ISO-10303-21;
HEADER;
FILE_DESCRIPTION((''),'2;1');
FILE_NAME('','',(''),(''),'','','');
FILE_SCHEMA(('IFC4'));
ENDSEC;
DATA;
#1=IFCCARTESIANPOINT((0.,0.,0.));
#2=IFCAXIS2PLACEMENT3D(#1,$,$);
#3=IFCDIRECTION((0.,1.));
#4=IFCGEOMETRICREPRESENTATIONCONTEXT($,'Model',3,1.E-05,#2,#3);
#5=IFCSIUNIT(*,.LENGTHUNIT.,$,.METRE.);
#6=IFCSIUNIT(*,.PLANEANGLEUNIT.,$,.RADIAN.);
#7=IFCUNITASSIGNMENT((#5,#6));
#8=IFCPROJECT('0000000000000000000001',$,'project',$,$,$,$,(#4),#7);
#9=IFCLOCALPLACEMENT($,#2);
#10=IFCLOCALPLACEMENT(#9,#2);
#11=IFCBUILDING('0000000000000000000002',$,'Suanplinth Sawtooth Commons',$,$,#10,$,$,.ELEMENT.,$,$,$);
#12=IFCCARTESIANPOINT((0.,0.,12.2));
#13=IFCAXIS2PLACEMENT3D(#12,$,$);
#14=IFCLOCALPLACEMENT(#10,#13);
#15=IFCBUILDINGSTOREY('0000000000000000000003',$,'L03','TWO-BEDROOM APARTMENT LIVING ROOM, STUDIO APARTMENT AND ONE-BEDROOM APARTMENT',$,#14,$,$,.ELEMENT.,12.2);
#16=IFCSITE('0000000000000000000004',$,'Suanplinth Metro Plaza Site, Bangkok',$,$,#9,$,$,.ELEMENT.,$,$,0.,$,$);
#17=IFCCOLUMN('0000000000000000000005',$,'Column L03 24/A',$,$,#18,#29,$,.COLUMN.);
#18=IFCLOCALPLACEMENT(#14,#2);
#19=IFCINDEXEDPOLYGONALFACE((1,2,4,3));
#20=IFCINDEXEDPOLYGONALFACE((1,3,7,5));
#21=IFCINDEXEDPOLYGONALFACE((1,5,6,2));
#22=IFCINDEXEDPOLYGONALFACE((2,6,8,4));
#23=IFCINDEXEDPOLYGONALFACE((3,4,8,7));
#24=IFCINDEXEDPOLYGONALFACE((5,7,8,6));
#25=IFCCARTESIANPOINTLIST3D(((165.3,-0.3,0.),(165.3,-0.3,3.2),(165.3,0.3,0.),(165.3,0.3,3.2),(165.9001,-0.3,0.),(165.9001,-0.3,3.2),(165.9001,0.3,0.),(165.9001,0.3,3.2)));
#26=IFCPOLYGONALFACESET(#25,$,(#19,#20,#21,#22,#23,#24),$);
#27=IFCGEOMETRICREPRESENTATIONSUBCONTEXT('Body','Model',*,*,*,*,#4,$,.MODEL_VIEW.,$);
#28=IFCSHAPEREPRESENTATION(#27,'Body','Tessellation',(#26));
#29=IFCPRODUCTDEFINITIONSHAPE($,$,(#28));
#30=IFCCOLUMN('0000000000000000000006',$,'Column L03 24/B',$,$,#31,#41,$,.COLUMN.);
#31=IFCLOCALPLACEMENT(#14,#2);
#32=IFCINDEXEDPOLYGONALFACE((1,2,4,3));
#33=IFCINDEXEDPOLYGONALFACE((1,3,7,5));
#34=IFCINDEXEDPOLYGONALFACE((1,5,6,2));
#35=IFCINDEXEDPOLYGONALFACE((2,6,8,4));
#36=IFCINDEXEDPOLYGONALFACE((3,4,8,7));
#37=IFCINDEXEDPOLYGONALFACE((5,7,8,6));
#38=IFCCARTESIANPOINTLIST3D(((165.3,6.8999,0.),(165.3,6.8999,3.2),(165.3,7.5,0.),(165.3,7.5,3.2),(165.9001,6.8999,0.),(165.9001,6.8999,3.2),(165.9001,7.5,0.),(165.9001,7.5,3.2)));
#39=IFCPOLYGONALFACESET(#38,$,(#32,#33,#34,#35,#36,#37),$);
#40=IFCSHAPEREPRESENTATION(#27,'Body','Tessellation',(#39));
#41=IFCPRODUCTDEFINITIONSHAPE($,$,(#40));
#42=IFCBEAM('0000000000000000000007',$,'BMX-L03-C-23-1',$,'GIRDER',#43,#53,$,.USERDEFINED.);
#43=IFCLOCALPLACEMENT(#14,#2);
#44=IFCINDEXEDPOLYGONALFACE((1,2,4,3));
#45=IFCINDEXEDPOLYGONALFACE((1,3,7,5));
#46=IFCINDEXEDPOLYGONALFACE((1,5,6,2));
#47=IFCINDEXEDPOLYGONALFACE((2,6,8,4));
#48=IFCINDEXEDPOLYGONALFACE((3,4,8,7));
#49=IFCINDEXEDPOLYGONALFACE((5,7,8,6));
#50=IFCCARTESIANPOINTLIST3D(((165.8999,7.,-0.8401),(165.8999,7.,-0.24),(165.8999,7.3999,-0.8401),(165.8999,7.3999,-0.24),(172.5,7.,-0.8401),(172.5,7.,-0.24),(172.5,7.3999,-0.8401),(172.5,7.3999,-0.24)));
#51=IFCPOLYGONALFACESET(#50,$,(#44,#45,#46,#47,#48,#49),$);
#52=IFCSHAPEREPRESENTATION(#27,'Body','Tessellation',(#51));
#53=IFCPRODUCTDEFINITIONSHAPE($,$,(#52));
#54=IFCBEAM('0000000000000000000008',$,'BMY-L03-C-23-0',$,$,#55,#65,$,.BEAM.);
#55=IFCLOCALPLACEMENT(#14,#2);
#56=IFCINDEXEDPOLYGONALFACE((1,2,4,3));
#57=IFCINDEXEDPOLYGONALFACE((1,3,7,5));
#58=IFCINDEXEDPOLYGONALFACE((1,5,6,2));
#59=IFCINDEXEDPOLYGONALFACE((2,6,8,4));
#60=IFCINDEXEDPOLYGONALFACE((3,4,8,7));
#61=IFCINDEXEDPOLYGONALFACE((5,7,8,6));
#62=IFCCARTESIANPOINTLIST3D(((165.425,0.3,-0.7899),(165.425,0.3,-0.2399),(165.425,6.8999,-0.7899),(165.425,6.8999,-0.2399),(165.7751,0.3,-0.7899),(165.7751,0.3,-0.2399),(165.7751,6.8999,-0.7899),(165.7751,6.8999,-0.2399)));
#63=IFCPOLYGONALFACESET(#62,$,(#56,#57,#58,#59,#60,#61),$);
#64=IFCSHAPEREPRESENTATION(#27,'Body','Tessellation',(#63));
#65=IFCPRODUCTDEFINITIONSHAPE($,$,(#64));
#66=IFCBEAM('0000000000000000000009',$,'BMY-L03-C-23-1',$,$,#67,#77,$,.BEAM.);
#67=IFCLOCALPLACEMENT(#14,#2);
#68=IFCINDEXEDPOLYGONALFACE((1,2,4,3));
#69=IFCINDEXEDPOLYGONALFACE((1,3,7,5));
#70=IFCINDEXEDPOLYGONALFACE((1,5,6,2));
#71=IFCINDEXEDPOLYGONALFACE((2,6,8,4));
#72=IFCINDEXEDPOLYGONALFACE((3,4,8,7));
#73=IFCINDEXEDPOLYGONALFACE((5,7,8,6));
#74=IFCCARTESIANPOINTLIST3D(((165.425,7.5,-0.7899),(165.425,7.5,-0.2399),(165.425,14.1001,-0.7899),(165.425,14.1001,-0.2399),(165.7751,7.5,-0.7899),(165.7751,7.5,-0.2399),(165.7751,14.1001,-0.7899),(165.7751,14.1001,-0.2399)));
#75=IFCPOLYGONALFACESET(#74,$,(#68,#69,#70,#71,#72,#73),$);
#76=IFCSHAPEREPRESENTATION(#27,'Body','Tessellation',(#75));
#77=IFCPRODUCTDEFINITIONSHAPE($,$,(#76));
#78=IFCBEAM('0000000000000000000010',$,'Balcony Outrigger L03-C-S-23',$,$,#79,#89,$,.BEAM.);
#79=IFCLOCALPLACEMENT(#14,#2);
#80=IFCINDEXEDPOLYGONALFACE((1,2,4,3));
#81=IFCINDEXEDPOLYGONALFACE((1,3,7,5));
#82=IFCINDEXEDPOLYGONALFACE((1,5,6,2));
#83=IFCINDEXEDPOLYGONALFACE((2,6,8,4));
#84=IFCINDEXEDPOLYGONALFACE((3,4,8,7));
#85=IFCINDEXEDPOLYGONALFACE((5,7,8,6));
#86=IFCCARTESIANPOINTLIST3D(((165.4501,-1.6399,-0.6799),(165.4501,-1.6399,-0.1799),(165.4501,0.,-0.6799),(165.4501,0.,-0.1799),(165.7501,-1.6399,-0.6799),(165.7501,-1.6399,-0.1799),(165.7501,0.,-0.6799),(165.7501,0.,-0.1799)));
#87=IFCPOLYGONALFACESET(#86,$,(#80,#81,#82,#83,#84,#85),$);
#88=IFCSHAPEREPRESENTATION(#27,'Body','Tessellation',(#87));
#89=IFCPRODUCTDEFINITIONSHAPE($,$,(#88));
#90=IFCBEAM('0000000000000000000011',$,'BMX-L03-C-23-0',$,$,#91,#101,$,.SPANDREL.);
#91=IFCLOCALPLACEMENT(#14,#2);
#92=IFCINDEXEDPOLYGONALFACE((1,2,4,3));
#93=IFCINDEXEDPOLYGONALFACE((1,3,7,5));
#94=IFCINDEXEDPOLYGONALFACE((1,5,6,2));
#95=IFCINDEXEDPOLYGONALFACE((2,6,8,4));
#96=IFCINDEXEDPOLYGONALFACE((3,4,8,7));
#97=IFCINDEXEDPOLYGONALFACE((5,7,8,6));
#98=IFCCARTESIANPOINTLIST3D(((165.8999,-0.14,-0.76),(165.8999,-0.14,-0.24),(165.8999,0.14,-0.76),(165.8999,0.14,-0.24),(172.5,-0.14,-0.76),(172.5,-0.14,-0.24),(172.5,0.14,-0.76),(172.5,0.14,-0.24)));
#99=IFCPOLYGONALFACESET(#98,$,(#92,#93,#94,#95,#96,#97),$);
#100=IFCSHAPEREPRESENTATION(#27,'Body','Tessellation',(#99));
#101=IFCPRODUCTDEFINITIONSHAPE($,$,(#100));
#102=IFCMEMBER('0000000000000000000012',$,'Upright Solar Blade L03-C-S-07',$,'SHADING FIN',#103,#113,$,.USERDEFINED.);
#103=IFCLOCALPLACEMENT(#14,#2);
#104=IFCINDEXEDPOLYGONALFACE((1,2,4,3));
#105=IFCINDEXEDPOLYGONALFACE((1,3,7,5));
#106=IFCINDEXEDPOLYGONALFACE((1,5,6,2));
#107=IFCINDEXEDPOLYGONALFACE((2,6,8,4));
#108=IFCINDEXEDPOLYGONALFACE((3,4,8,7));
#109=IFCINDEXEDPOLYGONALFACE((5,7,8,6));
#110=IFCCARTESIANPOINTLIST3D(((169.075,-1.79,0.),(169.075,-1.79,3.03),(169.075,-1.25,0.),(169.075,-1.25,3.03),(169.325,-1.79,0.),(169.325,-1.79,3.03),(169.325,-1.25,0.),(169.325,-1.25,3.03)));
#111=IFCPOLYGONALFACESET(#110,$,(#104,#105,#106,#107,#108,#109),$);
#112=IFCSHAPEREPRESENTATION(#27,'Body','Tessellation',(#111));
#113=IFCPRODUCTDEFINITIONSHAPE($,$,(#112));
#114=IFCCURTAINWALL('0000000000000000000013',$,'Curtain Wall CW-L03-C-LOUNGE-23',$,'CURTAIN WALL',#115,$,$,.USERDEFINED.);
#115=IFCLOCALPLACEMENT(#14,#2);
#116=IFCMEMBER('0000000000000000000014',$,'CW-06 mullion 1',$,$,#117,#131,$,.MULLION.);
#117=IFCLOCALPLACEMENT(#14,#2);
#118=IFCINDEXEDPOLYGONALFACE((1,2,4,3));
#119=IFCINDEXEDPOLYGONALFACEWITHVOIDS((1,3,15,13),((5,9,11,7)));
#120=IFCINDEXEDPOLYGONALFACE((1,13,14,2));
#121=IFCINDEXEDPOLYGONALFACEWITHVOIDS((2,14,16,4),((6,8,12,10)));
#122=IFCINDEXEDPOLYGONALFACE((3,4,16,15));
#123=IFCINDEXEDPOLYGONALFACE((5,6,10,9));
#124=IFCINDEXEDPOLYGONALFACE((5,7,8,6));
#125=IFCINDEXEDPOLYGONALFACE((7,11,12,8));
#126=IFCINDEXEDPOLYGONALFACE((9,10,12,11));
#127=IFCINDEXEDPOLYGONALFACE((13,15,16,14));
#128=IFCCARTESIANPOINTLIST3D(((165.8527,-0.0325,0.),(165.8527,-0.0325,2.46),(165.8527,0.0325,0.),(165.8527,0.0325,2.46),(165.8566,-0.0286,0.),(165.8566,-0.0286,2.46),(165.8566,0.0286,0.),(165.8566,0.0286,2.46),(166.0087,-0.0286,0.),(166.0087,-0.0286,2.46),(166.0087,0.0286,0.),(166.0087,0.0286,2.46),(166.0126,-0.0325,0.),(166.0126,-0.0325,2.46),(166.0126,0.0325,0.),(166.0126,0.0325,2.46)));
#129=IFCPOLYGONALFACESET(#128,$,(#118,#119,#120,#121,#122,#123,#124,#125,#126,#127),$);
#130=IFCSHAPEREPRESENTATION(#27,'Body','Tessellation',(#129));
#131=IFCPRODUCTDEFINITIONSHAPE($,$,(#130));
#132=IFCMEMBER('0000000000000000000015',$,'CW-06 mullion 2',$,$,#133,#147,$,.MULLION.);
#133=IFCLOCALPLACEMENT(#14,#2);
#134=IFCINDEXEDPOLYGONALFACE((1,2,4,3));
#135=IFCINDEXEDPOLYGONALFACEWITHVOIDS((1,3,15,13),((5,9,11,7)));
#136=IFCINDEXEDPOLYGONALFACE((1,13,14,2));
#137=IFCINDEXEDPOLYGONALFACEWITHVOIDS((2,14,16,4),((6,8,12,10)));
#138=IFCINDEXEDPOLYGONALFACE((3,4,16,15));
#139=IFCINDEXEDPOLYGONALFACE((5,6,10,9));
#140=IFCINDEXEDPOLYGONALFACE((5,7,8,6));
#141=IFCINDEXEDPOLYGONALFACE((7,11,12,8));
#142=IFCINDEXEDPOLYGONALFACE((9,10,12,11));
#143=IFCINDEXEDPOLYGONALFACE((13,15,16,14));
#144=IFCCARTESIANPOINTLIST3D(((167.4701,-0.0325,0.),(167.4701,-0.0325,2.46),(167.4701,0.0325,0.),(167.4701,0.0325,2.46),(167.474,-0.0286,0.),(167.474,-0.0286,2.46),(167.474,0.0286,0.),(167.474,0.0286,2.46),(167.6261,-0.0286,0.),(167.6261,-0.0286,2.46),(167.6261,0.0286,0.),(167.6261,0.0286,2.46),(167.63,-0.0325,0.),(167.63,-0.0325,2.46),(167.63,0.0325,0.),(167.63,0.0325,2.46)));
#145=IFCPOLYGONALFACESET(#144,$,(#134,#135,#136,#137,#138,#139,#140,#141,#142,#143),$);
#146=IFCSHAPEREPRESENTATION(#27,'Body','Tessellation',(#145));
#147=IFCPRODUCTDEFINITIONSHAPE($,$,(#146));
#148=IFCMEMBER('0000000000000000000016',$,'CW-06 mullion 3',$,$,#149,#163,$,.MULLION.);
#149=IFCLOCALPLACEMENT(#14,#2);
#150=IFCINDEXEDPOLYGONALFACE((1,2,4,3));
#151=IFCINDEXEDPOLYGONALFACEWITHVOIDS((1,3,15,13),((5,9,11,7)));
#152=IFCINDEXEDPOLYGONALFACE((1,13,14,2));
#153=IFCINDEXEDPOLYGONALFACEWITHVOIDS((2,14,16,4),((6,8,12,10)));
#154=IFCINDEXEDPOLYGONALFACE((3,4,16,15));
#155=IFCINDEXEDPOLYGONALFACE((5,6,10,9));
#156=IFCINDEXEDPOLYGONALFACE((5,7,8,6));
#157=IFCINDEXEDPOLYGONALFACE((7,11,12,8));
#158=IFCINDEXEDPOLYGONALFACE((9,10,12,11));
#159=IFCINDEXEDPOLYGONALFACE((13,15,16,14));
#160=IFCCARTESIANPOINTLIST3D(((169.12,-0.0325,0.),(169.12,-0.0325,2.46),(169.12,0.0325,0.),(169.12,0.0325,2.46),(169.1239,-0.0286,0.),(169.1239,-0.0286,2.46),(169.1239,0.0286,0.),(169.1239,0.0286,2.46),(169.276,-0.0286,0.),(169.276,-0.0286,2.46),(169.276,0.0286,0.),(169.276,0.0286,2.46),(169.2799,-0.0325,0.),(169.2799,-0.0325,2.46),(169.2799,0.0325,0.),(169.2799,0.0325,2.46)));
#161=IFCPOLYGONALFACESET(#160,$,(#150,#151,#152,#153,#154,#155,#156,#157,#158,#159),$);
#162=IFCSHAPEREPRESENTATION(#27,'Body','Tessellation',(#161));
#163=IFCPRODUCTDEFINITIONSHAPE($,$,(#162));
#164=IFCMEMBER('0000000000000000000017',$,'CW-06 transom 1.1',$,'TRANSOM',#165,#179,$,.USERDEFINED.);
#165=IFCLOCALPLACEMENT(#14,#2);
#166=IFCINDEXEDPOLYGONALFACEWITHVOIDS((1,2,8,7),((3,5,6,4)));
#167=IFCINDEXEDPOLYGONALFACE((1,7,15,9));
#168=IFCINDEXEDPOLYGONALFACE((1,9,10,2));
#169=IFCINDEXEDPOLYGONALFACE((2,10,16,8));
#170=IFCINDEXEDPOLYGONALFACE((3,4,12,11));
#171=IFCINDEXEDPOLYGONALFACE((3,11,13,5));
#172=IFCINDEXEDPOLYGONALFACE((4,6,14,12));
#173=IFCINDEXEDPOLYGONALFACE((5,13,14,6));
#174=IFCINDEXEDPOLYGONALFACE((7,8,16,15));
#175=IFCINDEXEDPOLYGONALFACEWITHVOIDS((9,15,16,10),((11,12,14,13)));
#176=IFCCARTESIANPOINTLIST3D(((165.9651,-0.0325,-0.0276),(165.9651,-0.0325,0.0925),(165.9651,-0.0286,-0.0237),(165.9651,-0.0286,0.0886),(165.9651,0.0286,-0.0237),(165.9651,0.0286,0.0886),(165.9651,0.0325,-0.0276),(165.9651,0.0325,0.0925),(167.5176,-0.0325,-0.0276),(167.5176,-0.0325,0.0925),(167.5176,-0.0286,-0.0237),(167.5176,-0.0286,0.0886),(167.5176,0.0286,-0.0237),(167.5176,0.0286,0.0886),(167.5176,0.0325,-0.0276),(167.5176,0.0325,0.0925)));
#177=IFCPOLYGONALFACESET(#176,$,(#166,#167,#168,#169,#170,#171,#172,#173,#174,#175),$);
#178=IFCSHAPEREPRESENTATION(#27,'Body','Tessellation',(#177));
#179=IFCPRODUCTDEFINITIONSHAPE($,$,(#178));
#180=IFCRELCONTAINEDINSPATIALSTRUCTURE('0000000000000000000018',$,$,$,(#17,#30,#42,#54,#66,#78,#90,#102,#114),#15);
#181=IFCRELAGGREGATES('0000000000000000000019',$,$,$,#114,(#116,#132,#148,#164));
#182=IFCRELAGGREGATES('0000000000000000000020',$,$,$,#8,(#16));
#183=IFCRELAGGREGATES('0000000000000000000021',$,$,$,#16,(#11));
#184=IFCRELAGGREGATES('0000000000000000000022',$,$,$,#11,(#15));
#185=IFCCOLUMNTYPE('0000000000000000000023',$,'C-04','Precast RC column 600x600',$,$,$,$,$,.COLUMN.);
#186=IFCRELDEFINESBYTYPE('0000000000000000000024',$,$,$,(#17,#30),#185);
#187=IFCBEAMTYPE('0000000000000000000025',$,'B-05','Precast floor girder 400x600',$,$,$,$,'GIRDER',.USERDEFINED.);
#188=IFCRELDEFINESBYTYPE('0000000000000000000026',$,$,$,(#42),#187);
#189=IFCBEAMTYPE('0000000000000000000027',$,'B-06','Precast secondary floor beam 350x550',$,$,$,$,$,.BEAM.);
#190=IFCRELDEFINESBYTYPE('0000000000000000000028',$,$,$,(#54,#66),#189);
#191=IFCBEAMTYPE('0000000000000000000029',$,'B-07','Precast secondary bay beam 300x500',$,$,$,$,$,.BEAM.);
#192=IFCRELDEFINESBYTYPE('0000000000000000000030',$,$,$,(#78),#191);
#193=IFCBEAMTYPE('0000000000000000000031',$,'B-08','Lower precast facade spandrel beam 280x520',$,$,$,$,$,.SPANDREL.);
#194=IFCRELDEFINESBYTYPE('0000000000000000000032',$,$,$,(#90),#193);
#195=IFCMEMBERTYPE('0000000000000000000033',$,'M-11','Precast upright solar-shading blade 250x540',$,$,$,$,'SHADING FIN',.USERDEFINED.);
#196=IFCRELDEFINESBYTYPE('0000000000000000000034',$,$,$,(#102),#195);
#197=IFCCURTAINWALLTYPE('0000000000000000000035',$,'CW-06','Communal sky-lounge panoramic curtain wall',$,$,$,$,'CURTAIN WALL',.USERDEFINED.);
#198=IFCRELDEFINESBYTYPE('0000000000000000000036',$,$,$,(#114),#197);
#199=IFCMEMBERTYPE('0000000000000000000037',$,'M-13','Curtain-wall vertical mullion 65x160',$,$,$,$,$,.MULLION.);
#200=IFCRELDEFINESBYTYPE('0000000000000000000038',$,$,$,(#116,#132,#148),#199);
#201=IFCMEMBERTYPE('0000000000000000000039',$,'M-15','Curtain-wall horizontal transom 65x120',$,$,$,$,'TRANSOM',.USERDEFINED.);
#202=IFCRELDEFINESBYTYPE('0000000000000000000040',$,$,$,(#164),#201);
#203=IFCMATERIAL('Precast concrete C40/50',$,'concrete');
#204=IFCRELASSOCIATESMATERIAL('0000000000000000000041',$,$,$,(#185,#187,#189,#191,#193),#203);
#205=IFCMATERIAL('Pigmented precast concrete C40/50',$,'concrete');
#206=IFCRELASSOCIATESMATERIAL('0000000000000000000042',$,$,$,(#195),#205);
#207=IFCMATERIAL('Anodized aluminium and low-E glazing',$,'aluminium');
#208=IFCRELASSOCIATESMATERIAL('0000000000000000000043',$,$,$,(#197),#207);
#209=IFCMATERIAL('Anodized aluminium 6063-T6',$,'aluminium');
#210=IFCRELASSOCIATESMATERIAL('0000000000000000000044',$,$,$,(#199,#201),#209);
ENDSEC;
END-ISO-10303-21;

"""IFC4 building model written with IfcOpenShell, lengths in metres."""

from ifc_helpers import new_model, si_unit, direction, frame, origin, origin_2d, place, context, subcontext, project, spatial, rectangle, hollow_rectangle, extrude, material, material_profile, profile_set, type_object, element, aggregate, save


model = new_model("IFC4")

# Units and contexts
model_context = context("Model", 3, precision=1e-05, world=origin(), true_north=direction((0.0, 1.0)))
body_context = subcontext(model_context, "Body", "Model", "MODEL_VIEW")
ifc_project = project(units=[si_unit("LENGTHUNIT", "METRE"), si_unit("PLANEANGLEUNIT", "RADIAN")], contexts=[model_context])

# Site, building, storey
site_placement = place(None, origin())
site = spatial("IfcSite", under=ifc_project, at=site_placement, Name="Suanplinth Metro Plaza Site, Bangkok", CompositionType="ELEMENT", RefElevation=0.0)
building_placement = place(site_placement, origin())
building = spatial("IfcBuilding", under=site, at=building_placement, Name="Suanplinth Sawtooth Commons", CompositionType="ELEMENT")
storey_placement = place(building_placement, frame((0.0, 0.0, 12.2)))
storey = spatial("IfcBuildingStorey", under=building, at=storey_placement, Name="L03", Description="TWO-BEDROOM APARTMENT LIVING ROOM, STUDIO APARTMENT AND ONE-BEDROOM APARTMENT", CompositionType="ELEMENT", Elevation=12.2)

# Columns
ifc_material_1 = material(Name="Precast concrete C40/50", Category="concrete")
ifc_material_profile_1 = material_profile(ifc_material_1, rectangle(XDim=0.6001, YDim=0.6001, at=origin_2d()), Name="PC-COL 600x600")
ifc_profile_set_1 = profile_set([ifc_material_profile_1], Name="Precast concrete C40/50")
column_type = type_object("IfcColumnType", Name="C-04", Description="Precast RC column 600x600", PredefinedType="COLUMN", material=ifc_profile_set_1)
for number, where, z_axis, x_axis, name in (
    (1, (165.6001, 0.0, 0.0), (0.0, 0.0, 1.0), (1.0, 0.0, 0.0), "Column L03 24/A"),
    (2, (165.6001, 7.2, 0.0), (0.0, 0.0, 1.0), (1.0, 0.0, 0.0), "Column L03 24/B"),
):
    element("IfcColumn", number, at=place(storey_placement, frame(where, z_axis=z_axis, x_axis=x_axis)), inside=storey, type_object=column_type, Name=name, PredefinedType="COLUMN", context=body_context, shape_type="SweptSolid", body=[
        extrude(rectangle(XDim=0.6001, YDim=0.6001, at=origin_2d()), origin(), (0.0, 0.0, 1.0), 3.2),
    ])

# Beams
ifc_material_profile_2 = material_profile(ifc_material_1, rectangle(XDim=0.3999, YDim=0.6001, at=origin_2d()), Name="PC-GDR 400x600")
ifc_profile_set_2 = profile_set([ifc_material_profile_2], Name="Precast concrete C40/50")
beam_type_1 = type_object("IfcBeamType", Name="B-05", Description="Precast floor girder 400x600", ElementType="GIRDER", PredefinedType="USERDEFINED", material=ifc_profile_set_2)
beam_1_placement = place(storey_placement, frame((165.8999, 7.2, -0.54), z_axis=(1.0, 0.0, 0.0), x_axis=(0.0, 1.0, 0.0)))
element("IfcBeam", 3, at=beam_1_placement, inside=storey, type_object=beam_type_1, Name="BMX-L03-C-23-1", ObjectType="GIRDER", PredefinedType="USERDEFINED", context=body_context, shape_type="SweptSolid", body=[
    extrude(rectangle(XDim=0.3999, YDim=0.6001, at=origin_2d()), origin(), (0.0, 0.0, 1.0), 6.6001),
])
ifc_material_profile_3 = material_profile(ifc_material_1, rectangle(XDim=0.3501, YDim=0.55, at=origin_2d()), Name="PC-BM 350x550")
ifc_profile_set_3 = profile_set([ifc_material_profile_3], Name="Precast concrete C40/50")
beam_type_2 = type_object("IfcBeamType", Name="B-06", Description="Precast secondary floor beam 350x550", PredefinedType="BEAM", material=ifc_profile_set_3)
beam_2_placement = place(storey_placement, frame((165.6001, 0.3, -0.5149), z_axis=(0.0, 1.0, 0.0), x_axis=(-1.0, 0.0, 0.0)))
element("IfcBeam", 4, at=beam_2_placement, inside=storey, type_object=beam_type_2, Name="BMY-L03-C-23-0", PredefinedType="BEAM", context=body_context, shape_type="SweptSolid", body=[
    extrude(rectangle(XDim=0.3501, YDim=0.55, at=origin_2d()), origin(), (0.0, 0.0, 1.0), 6.5999),
])
beam_3_placement = place(storey_placement, frame((165.6001, 7.5, -0.5149), z_axis=(0.0, 1.0, 0.0), x_axis=(-1.0, 0.0, 0.0)))
element("IfcBeam", 5, at=beam_3_placement, inside=storey, type_object=beam_type_2, Name="BMY-L03-C-23-1", PredefinedType="BEAM", context=body_context, shape_type="SweptSolid", body=[
    extrude(rectangle(XDim=0.3501, YDim=0.55, at=origin_2d()), origin(), (0.0, 0.0, 1.0), 6.6001),
])
ifc_material_profile_4 = material_profile(ifc_material_1, rectangle(XDim=0.3, YDim=0.5, at=origin_2d()), Name="PC-BM 300x500")
ifc_profile_set_4 = profile_set([ifc_material_profile_4], Name="Precast concrete C40/50")
beam_type_3 = type_object("IfcBeamType", Name="B-07", Description="Precast secondary bay beam 300x500", PredefinedType="BEAM", material=ifc_profile_set_4)
beam_4_placement = place(storey_placement, frame((165.6001, 0.0, -0.4299), z_axis=(0.0, -1.0, 0.0), x_axis=(1.0, 0.0, 0.0)))
element("IfcBeam", 6, at=beam_4_placement, inside=storey, type_object=beam_type_3, Name="Balcony Outrigger L03-C-S-23", PredefinedType="BEAM", context=body_context, shape_type="SweptSolid", body=[
    extrude(rectangle(XDim=0.3, YDim=0.5, at=origin_2d()), origin(), (0.0, 0.0, 1.0), 1.6399),
])
ifc_material_profile_5 = material_profile(ifc_material_1, rectangle(XDim=0.28, YDim=0.52, at=origin_2d()), Name="PC-SP 280x520")
ifc_profile_set_5 = profile_set([ifc_material_profile_5], Name="Precast concrete C40/50")
beam_type_4 = type_object("IfcBeamType", Name="B-08", Description="Lower precast facade spandrel beam 280x520", PredefinedType="SPANDREL", material=ifc_profile_set_5)
beam_5_placement = place(storey_placement, frame((165.8999, 0.0, -0.5), z_axis=(1.0, 0.0, 0.0), x_axis=(0.0, 1.0, 0.0)))
element("IfcBeam", 7, at=beam_5_placement, inside=storey, type_object=beam_type_4, Name="BMX-L03-C-23-0", PredefinedType="SPANDREL", context=body_context, shape_type="SweptSolid", body=[
    extrude(rectangle(XDim=0.28, YDim=0.52, at=origin_2d()), origin(), (0.0, 0.0, 1.0), 6.6001),
])

# Member
ifc_material_2 = material(Name="Pigmented precast concrete C40/50", Category="concrete")
ifc_material_profile_6 = material_profile(ifc_material_2, rectangle(XDim=0.25, YDim=0.54, at=origin_2d()), Name="PC-FIN 250x540")
ifc_profile_set_6 = profile_set([ifc_material_profile_6], Name="Pigmented precast concrete C40/50")
member_type_1 = type_object("IfcMemberType", Name="M-11", Description="Precast upright solar-shading blade 250x540", ElementType="SHADING FIN", PredefinedType="USERDEFINED", material=ifc_profile_set_6)
member_1_placement = place(storey_placement, frame((169.2, -1.52, 0.0), z_axis=(0.0, 0.0, 1.0), x_axis=(1.0, 0.0, 0.0)))
element("IfcMember", 8, at=member_1_placement, inside=storey, type_object=member_type_1, Name="Upright Solar Blade L03-C-S-07", ObjectType="SHADING FIN", PredefinedType="USERDEFINED", context=body_context, shape_type="SweptSolid", body=[
    extrude(rectangle(XDim=0.25, YDim=0.54, at=origin_2d()), origin(), (0.0, 0.0, 1.0), 3.03),
])

# Curtain wall, members
ifc_material_3 = material(Name="Anodized aluminium and low-E glazing", Category="aluminium")
curtain_wall_type = type_object("IfcCurtainWallType", Name="CW-06", Description="Communal sky-lounge panoramic curtain wall", ElementType="CURTAIN WALL", PredefinedType="USERDEFINED", material=ifc_material_3)
curtain_wall_placement = place(storey_placement, origin())
curtain_wall = element("IfcCurtainWall", 9, at=curtain_wall_placement, inside=storey, type_object=curtain_wall_type, Name="Curtain Wall CW-L03-C-LOUNGE-23", ObjectType="CURTAIN WALL", PredefinedType="USERDEFINED")
ifc_material_4 = material(Name="Anodized aluminium 6063-T6", Category="aluminium")
ifc_material_profile_7 = material_profile(ifc_material_4, hollow_rectangle(XDim=0.0649, YDim=0.1599, WallThickness=0.0039, at=origin_2d()), Name="ALU-MUL 65x160")
ifc_profile_set_7 = profile_set([ifc_material_profile_7], Name="Anodized aluminium 6063-T6")
member_type_2 = type_object("IfcMemberType", Name="M-13", Description="Curtain-wall vertical mullion 65x160", PredefinedType="MULLION", material=ifc_profile_set_7)
member_2_placement = place(storey_placement, frame((165.9326, 0.0, 0.0), z_axis=(0.0, 0.0, 1.0), x_axis=(0.0, 1.0, 0.0)))
member_2 = element("IfcMember", 10, at=member_2_placement, type_object=member_type_2, Name="CW-06 mullion 1", PredefinedType="MULLION", context=body_context, shape_type="SweptSolid", body=[
    extrude(hollow_rectangle(XDim=0.0649, YDim=0.1599, WallThickness=0.0039, at=origin_2d()), origin(), (0.0, 0.0, 1.0), 2.46),
])
member_3_placement = place(storey_placement, frame((167.55, 0.0, 0.0), z_axis=(0.0, 0.0, 1.0), x_axis=(0.0, 1.0, 0.0)))
member_3 = element("IfcMember", 11, at=member_3_placement, type_object=member_type_2, Name="CW-06 mullion 2", PredefinedType="MULLION", context=body_context, shape_type="SweptSolid", body=[
    extrude(hollow_rectangle(XDim=0.0649, YDim=0.1599, WallThickness=0.0039, at=origin_2d()), origin(), (0.0, 0.0, 1.0), 2.46),
])
member_4_placement = place(storey_placement, frame((169.2, 0.0, 0.0), z_axis=(0.0, 0.0, 1.0), x_axis=(0.0, 1.0, 0.0)))
member_4 = element("IfcMember", 12, at=member_4_placement, type_object=member_type_2, Name="CW-06 mullion 3", PredefinedType="MULLION", context=body_context, shape_type="SweptSolid", body=[
    extrude(hollow_rectangle(XDim=0.0649, YDim=0.1599, WallThickness=0.0039, at=origin_2d()), origin(), (0.0, 0.0, 1.0), 2.46),
])
ifc_material_profile_8 = material_profile(ifc_material_4, hollow_rectangle(XDim=0.0649, YDim=0.1201, WallThickness=0.0039, at=origin_2d()), Name="ALU-TRN 65x120")
ifc_profile_set_8 = profile_set([ifc_material_profile_8], Name="Anodized aluminium 6063-T6")
member_type_3 = type_object("IfcMemberType", Name="M-15", Description="Curtain-wall horizontal transom 65x120", ElementType="TRANSOM", PredefinedType="USERDEFINED", material=ifc_profile_set_8)
member_5_placement = place(storey_placement, frame((165.9651, 0.0, 0.0325), z_axis=(1.0, 0.0, 0.0), x_axis=(0.0, 1.0, 0.0)))
member_5 = element("IfcMember", 13, at=member_5_placement, type_object=member_type_3, Name="CW-06 transom 1.1", ObjectType="TRANSOM", PredefinedType="USERDEFINED", context=body_context, shape_type="SweptSolid", body=[
    extrude(hollow_rectangle(XDim=0.0649, YDim=0.1201, WallThickness=0.0039, at=origin_2d()), origin(), (0.0, 0.0, 1.0), 1.5525),
])
aggregate(curtain_wall, [member_2, member_3, member_4, member_5])

save(model, "model.ifc")
